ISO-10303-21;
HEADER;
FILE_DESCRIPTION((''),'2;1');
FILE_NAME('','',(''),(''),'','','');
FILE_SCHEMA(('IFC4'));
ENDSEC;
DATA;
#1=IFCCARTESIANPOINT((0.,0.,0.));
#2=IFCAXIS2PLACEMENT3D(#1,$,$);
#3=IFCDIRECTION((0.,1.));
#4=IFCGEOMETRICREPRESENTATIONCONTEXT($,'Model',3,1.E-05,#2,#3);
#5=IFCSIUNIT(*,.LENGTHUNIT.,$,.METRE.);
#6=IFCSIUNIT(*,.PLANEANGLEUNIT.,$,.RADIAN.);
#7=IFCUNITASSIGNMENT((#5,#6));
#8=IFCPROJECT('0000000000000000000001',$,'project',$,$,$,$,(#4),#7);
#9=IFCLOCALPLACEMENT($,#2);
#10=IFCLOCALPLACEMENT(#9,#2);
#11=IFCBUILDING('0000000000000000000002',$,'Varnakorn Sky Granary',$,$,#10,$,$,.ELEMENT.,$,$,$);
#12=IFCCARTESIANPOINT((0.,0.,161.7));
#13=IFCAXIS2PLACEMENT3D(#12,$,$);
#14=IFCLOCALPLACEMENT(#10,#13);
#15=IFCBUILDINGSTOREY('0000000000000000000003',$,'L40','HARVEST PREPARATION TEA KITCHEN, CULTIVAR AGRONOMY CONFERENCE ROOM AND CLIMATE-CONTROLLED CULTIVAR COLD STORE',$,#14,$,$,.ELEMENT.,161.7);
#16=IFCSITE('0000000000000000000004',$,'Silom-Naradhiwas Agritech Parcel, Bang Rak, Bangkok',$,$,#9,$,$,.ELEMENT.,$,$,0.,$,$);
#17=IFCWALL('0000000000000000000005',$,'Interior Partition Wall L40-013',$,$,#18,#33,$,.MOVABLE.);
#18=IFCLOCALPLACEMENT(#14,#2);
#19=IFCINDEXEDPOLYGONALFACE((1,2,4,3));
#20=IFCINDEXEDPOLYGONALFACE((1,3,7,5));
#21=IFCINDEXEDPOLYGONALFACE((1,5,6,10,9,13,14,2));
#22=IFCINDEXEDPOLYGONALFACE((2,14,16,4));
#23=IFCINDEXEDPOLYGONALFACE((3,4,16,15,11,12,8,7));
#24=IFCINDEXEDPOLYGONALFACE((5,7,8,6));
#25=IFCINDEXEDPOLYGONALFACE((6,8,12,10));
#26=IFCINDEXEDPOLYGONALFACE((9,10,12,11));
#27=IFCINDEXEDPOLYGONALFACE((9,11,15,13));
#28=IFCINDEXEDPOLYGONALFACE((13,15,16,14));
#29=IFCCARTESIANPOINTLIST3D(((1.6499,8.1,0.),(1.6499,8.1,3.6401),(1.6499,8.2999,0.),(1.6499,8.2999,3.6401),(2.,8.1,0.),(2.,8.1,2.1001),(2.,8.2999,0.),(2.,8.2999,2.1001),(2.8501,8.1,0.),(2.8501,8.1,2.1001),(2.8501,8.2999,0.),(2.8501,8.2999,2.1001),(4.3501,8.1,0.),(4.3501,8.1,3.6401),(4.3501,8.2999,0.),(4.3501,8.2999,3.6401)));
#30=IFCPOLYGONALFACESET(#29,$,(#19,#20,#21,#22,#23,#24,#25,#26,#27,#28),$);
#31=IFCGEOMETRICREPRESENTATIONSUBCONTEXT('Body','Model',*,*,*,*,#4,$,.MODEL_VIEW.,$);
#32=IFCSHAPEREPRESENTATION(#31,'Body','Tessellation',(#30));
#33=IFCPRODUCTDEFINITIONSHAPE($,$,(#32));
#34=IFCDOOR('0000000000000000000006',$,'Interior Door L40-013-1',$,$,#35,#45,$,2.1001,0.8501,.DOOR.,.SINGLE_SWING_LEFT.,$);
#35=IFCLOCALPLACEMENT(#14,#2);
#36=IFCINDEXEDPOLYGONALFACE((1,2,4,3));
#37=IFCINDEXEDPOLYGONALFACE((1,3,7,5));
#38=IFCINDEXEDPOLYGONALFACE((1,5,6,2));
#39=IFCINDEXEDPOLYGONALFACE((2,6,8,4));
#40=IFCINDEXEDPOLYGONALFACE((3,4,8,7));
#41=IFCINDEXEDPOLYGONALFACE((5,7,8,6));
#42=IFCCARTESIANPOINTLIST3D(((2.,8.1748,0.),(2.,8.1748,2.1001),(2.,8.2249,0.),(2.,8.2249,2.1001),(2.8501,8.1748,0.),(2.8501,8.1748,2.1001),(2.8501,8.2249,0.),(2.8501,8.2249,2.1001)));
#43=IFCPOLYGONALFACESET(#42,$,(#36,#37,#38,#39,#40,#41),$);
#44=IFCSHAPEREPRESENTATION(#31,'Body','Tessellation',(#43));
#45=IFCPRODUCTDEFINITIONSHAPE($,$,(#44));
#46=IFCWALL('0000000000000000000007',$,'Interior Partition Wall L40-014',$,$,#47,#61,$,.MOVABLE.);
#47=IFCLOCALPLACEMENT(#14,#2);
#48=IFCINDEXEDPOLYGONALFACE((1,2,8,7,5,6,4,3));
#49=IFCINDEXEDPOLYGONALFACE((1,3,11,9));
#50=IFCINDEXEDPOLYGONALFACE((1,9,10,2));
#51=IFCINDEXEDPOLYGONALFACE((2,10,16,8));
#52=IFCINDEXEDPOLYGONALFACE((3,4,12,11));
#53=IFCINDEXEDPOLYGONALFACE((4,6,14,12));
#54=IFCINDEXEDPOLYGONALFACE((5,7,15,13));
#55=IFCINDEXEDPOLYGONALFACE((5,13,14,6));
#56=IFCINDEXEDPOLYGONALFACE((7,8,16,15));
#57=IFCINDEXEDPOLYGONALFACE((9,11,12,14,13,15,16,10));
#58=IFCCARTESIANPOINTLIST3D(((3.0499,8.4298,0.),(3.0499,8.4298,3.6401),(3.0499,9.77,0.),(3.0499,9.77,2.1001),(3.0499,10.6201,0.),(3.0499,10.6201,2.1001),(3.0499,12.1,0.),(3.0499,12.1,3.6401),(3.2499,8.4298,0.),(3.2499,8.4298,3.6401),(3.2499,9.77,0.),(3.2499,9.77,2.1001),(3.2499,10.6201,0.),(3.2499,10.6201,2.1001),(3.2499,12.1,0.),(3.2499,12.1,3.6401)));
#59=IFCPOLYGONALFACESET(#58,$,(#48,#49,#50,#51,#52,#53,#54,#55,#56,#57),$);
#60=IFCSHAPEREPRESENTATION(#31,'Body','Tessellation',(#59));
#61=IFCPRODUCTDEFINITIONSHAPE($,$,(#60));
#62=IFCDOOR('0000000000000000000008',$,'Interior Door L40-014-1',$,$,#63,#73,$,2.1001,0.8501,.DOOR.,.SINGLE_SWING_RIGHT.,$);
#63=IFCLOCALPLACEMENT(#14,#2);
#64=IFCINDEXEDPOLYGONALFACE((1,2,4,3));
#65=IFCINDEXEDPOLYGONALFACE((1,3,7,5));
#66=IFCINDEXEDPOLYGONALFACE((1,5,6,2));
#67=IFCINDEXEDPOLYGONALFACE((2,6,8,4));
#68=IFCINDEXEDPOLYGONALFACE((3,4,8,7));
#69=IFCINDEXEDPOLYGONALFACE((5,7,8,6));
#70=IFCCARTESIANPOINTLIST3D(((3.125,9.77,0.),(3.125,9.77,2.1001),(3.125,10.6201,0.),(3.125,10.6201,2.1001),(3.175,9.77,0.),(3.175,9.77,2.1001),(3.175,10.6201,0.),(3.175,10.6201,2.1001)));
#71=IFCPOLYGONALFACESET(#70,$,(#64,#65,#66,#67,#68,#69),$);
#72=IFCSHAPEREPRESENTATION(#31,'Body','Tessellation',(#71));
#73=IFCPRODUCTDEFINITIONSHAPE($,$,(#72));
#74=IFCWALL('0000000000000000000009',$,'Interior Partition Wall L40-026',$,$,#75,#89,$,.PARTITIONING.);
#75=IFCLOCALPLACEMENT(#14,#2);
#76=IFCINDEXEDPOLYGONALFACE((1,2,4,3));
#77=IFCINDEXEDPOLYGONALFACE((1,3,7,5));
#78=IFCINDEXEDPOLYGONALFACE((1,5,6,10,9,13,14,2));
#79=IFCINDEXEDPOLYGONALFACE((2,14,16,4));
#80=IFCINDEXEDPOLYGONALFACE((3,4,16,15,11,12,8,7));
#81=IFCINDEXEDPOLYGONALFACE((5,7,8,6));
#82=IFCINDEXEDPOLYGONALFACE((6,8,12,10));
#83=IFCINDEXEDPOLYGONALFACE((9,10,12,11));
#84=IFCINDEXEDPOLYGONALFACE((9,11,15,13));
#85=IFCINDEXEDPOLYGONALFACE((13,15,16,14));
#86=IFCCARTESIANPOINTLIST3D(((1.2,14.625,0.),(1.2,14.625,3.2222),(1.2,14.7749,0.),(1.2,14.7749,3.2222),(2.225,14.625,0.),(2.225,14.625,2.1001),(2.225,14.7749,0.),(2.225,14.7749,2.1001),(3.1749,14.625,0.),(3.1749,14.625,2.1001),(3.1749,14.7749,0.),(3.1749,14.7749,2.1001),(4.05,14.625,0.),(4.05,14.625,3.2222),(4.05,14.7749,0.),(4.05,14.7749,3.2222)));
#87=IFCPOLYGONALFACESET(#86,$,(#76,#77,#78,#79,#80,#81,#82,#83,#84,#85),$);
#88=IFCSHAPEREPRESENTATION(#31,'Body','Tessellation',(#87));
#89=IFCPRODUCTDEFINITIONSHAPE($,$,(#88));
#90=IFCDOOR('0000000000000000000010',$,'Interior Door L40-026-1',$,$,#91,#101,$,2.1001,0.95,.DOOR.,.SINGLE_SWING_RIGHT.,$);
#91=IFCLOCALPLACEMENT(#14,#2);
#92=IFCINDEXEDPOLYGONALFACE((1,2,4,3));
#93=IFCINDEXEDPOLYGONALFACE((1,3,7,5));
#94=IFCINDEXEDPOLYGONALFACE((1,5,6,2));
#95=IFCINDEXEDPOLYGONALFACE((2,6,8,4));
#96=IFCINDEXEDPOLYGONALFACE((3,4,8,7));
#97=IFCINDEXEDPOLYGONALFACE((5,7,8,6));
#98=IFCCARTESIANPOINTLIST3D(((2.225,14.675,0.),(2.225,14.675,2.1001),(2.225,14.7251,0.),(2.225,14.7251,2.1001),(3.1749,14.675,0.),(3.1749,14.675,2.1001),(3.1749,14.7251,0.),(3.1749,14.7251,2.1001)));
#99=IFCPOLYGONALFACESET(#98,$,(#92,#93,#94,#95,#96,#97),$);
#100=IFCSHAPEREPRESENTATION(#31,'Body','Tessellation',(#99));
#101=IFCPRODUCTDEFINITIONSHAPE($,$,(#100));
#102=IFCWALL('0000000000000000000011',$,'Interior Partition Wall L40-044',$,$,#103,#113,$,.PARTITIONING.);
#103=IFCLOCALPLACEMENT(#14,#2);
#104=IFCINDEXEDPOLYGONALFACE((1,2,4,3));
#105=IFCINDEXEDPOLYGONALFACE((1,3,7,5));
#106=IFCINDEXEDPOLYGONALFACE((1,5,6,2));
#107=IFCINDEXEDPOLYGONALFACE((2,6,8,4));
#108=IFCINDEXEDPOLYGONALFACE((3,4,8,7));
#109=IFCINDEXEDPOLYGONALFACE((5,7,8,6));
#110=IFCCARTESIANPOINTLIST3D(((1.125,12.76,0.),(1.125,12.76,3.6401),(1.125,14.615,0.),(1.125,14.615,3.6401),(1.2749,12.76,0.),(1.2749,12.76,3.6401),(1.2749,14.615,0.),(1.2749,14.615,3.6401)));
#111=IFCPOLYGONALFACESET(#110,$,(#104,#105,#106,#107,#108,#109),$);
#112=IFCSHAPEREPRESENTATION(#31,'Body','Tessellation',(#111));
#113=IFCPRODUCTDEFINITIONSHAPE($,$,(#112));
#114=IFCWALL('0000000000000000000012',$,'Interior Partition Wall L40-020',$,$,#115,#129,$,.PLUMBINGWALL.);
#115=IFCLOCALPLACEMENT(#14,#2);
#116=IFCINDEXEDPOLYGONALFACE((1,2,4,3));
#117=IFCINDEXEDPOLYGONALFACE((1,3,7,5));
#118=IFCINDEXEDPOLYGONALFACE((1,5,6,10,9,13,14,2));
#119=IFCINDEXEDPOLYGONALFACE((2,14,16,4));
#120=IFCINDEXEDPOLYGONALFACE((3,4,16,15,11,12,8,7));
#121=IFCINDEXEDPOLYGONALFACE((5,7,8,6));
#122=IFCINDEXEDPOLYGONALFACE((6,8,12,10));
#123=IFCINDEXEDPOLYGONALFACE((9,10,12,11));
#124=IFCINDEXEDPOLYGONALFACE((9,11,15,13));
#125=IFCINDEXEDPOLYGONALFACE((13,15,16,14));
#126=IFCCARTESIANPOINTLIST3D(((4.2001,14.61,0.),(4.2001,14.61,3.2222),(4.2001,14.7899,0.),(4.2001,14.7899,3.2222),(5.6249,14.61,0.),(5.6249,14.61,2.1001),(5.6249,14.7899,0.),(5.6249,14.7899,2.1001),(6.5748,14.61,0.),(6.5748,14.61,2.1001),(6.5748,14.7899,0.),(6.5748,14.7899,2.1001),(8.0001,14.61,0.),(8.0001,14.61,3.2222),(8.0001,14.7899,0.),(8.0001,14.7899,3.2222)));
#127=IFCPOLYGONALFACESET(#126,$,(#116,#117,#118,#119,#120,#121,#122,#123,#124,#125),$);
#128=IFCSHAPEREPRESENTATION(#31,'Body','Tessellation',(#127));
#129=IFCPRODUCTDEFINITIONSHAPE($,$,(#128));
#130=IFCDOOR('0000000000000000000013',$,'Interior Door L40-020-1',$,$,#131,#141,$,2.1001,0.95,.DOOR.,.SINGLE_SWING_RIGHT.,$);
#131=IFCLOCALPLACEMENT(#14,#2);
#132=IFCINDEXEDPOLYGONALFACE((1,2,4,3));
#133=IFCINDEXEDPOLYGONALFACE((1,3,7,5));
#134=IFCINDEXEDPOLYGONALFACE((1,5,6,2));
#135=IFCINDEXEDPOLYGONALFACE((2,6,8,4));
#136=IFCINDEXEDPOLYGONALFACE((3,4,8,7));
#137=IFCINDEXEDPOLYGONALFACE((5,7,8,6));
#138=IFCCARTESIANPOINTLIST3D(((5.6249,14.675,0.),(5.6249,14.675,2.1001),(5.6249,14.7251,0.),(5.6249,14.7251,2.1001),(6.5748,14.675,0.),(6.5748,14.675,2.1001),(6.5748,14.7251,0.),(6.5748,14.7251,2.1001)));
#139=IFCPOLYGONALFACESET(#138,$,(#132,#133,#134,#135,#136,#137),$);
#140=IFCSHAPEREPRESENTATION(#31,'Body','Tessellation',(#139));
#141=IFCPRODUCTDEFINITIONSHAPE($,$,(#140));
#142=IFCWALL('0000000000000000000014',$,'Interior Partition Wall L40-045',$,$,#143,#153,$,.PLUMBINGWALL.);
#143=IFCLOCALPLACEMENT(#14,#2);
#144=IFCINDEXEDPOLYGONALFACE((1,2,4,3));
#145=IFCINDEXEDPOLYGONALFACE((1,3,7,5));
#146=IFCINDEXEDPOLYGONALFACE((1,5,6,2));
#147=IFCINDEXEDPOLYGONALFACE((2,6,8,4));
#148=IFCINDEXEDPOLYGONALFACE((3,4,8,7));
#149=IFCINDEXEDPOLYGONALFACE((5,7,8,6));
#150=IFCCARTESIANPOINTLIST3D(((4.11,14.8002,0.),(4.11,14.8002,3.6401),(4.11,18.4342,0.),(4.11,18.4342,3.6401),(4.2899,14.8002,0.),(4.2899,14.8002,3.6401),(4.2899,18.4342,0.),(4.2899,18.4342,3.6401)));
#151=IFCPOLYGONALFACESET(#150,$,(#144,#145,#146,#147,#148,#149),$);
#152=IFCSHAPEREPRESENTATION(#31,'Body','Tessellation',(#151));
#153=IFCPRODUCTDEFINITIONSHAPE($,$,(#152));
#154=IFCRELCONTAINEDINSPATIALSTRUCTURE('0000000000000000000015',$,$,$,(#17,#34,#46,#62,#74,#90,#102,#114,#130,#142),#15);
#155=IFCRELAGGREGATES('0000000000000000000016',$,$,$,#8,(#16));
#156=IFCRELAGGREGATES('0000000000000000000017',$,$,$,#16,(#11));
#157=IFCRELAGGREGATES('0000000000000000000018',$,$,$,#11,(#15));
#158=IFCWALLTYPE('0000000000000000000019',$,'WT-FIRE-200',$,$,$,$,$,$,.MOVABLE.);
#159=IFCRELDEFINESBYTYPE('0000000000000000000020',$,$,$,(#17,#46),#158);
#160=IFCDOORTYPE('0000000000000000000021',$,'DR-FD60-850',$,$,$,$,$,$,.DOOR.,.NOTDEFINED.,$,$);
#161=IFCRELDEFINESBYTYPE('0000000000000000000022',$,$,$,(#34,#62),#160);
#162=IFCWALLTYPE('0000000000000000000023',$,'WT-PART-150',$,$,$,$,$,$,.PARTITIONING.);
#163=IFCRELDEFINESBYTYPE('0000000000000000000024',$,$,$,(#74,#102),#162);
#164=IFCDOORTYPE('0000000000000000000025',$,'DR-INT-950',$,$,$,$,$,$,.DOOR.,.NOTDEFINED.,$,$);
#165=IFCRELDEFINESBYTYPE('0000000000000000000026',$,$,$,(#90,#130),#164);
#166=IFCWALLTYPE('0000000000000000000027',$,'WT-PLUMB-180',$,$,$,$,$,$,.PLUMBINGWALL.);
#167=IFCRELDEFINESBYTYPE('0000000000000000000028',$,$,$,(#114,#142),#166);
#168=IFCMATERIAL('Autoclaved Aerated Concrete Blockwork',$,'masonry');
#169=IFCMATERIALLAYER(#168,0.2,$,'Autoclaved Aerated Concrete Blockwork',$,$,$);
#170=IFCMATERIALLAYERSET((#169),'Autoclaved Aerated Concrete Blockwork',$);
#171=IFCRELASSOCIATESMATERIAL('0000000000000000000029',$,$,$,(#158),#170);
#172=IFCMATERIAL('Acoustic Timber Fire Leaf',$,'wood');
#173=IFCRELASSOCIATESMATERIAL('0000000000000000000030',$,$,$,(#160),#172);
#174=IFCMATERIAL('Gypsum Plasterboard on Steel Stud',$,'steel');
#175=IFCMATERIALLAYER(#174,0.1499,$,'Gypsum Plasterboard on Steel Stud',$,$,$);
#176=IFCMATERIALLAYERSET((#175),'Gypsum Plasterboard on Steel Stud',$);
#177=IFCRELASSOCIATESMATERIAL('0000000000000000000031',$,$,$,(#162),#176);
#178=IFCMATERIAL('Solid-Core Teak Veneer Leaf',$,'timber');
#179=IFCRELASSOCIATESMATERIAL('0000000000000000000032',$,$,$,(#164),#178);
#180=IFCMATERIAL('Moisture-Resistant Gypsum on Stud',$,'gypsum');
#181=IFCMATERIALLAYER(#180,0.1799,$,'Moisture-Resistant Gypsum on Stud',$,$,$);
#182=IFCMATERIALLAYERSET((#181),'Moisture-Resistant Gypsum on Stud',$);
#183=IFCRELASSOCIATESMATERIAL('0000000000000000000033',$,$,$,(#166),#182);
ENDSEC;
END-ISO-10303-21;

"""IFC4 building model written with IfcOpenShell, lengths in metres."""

from ifc_helpers import new_model, si_unit, direction, frame, frame_2d, origin, place, context, subcontext, project, spatial, rectangle, extrude, material, layer, layer_set, type_object, element, fill, save


model = new_model("IFC4")

# Units and contexts
model_context = context("Model", 3, precision=1e-05, world=origin(), true_north=direction((0.0, 1.0)))
body_context = subcontext(model_context, "Body", "Model", "MODEL_VIEW")
ifc_project = project(units=[si_unit("LENGTHUNIT", "METRE"), si_unit("PLANEANGLEUNIT", "RADIAN")], contexts=[model_context])

# Site, building, storey
site_placement = place(None, origin())
site = spatial("IfcSite", under=ifc_project, at=site_placement, Name="Silom-Naradhiwas Agritech Parcel, Bang Rak, Bangkok", CompositionType="ELEMENT", RefElevation=0.0)
building_placement = place(site_placement, origin())
building = spatial("IfcBuilding", under=site, at=building_placement, Name="Varnakorn Sky Granary", CompositionType="ELEMENT")
storey_placement = place(building_placement, frame((0.0, 0.0, 161.7)))
storey = spatial("IfcBuildingStorey", under=building, at=storey_placement, Name="L40", Description="HARVEST PREPARATION TEA KITCHEN, CULTIVAR AGRONOMY CONFERENCE ROOM AND CLIMATE-CONTROLLED CULTIVAR COLD STORE", CompositionType="ELEMENT", Elevation=161.7)

# Walls, openings, doors
ifc_material_1 = material(Name="Autoclaved Aerated Concrete Blockwork", Category="masonry")
ifc_layer_1 = layer(ifc_material_1, 0.2, Name="Autoclaved Aerated Concrete Blockwork")
ifc_layer_set_1 = layer_set([ifc_layer_1], Name="Autoclaved Aerated Concrete Blockwork")
wall_type_1 = type_object("IfcWallType", Name="WT-FIRE-200", PredefinedType="MOVABLE", material=ifc_layer_set_1)
wall_1_placement = place(storey_placement, frame((1.6499, 8.2, 0.0), z_axis=(0.0, 0.0, 1.0), x_axis=(1.0, 0.0, 0.0)))
wall_1 = element("IfcWall", 1, at=wall_1_placement, inside=storey, type_object=wall_type_1, Name="Interior Partition Wall L40-013", PredefinedType="MOVABLE", context=body_context, shape_type="SweptSolid", body=[
    extrude(rectangle(XDim=2.7002, YDim=0.2, at=frame_2d((1.3501, 0.0))), origin(), (0.0, 0.0, 1.0), 3.6401),
])
opening_1_placement = place(wall_1_placement, frame((0.3501, 0.0, 0.0)))
opening_1 = element("IfcOpeningElement", 2, at=opening_1_placement, cuts=wall_1, PredefinedType="OPENING", context=body_context, shape_type="SweptSolid", body=[
    extrude(rectangle(XDim=0.8501, YDim=2.1001, at=frame_2d((0.425, 1.05))), frame((0.0, 0.1099, 0.0), z_axis=(0.0, -1.0, 0.0), x_axis=(1.0, 0.0, 0.0)), (0.0, 0.0, 1.0), 0.22),
])
ifc_material_2 = material(Name="Acoustic Timber Fire Leaf", Category="wood")
door_type_1 = type_object("IfcDoorType", Name="DR-FD60-850", OperationType="NOTDEFINED", PredefinedType="DOOR", material=ifc_material_2)
door_1_placement = place(opening_1_placement, origin())
door_1 = element("IfcDoor", 3, at=door_1_placement, inside=storey, type_object=door_type_1, Name="Interior Door L40-013-1", OperationType="SINGLE_SWING_LEFT", OverallHeight=2.1001, OverallWidth=0.8501, PredefinedType="DOOR", context=body_context, shape_type="SweptSolid", body=[
    extrude(rectangle(XDim=0.8501, YDim=2.1001, at=frame_2d((0.425, 1.05))), frame((0.0, 0.0249, 0.0), z_axis=(0.0, -1.0, 0.0), x_axis=(1.0, 0.0, 0.0)), (0.0, 0.0, 1.0), 0.05),
])
fill(opening_1, door_1)
wall_2_placement = place(storey_placement, frame((3.1499, 8.4299, 0.0), z_axis=(0.0, 0.0, 1.0), x_axis=(0.0, 1.0, 0.0)))
wall_2 = element("IfcWall", 4, at=wall_2_placement, inside=storey, type_object=wall_type_1, Name="Interior Partition Wall L40-014", PredefinedType="MOVABLE", context=body_context, shape_type="SweptSolid", body=[
    extrude(rectangle(XDim=3.6702, YDim=0.2, at=frame_2d((1.835, 0.0))), origin(), (0.0, 0.0, 1.0), 3.6401),
])
opening_2_placement = place(wall_2_placement, frame((1.3401, 0.0, 0.0)))
opening_2 = element("IfcOpeningElement", 5, at=opening_2_placement, cuts=wall_2, PredefinedType="OPENING", context=body_context, shape_type="SweptSolid", body=[
    extrude(rectangle(XDim=0.8501, YDim=2.1001, at=frame_2d((0.425, 1.05))), frame((0.0, 0.1099, 0.0), z_axis=(0.0, -1.0, 0.0), x_axis=(1.0, 0.0, 0.0)), (0.0, 0.0, 1.0), 0.22),
])
door_2_placement = place(opening_2_placement, origin())
door_2 = element("IfcDoor", 6, at=door_2_placement, inside=storey, type_object=door_type_1, Name="Interior Door L40-014-1", OperationType="SINGLE_SWING_RIGHT", OverallHeight=2.1001, OverallWidth=0.8501, PredefinedType="DOOR", context=body_context, shape_type="SweptSolid", body=[
    extrude(rectangle(XDim=0.8501, YDim=2.1001, at=frame_2d((0.425, 1.05))), frame((0.0, 0.0249, 0.0), z_axis=(0.0, -1.0, 0.0), x_axis=(1.0, 0.0, 0.0)), (0.0, 0.0, 1.0), 0.05),
])
fill(opening_2, door_2)
ifc_material_3 = material(Name="Gypsum Plasterboard on Steel Stud", Category="steel")
ifc_layer_2 = layer(ifc_material_3, 0.1499, Name="Gypsum Plasterboard on Steel Stud")
ifc_layer_set_2 = layer_set([ifc_layer_2], Name="Gypsum Plasterboard on Steel Stud")
wall_type_2 = type_object("IfcWallType", Name="WT-PART-150", PredefinedType="PARTITIONING", material=ifc_layer_set_2)
wall_3_placement = place(storey_placement, frame((4.05, 14.7, 0.0), z_axis=(0.0, 0.0, 1.0), x_axis=(-1.0, 0.0, 0.0)))
wall_3 = element("IfcWall", 7, at=wall_3_placement, inside=storey, type_object=wall_type_2, Name="Interior Partition Wall L40-026", PredefinedType="PARTITIONING", context=body_context, shape_type="SweptSolid", body=[
    extrude(rectangle(XDim=2.8501, YDim=0.1499, at=frame_2d((1.425, 0.0))), origin(), (0.0, 0.0, 1.0), 3.2222),
])
opening_3_placement = place(wall_3_placement, frame((0.875, 0.0, 0.0)))
opening_3 = element("IfcOpeningElement", 8, at=opening_3_placement, cuts=wall_3, PredefinedType="OPENING", context=body_context, shape_type="SweptSolid", body=[
    extrude(rectangle(XDim=0.95, YDim=2.1001, at=frame_2d((0.4751, 1.05))), frame((0.0, 0.085, 0.0), z_axis=(0.0, -1.0, 0.0), x_axis=(1.0, 0.0, 0.0)), (0.0, 0.0, 1.0), 0.1699),
])
ifc_material_4 = material(Name="Solid-Core Teak Veneer Leaf", Category="timber")
door_type_2 = type_object("IfcDoorType", Name="DR-INT-950", OperationType="NOTDEFINED", PredefinedType="DOOR", material=ifc_material_4)
door_3_placement = place(opening_3_placement, origin())
door_3 = element("IfcDoor", 9, at=door_3_placement, inside=storey, type_object=door_type_2, Name="Interior Door L40-026-1", OperationType="SINGLE_SWING_RIGHT", OverallHeight=2.1001, OverallWidth=0.95, PredefinedType="DOOR", context=body_context, shape_type="SweptSolid", body=[
    extrude(rectangle(XDim=0.95, YDim=2.1001, at=frame_2d((0.4751, 1.05))), frame((0.0, 0.0249, 0.0), z_axis=(0.0, -1.0, 0.0), x_axis=(1.0, 0.0, 0.0)), (0.0, 0.0, 1.0), 0.05),
])
fill(opening_3, door_3)

# Wall
wall_4_placement = place(storey_placement, frame((1.2, 14.615, 0.0), z_axis=(0.0, 0.0, 1.0), x_axis=(0.0, -1.0, 0.0)))
element("IfcWall", 10, at=wall_4_placement, inside=storey, type_object=wall_type_2, Name="Interior Partition Wall L40-044", PredefinedType="PARTITIONING", context=body_context, shape_type="SweptSolid", body=[
    extrude(rectangle(XDim=1.855, YDim=0.1499, at=frame_2d((0.9275, 0.0))), origin(), (0.0, 0.0, 1.0), 3.6401),
])

# Wall, opening, door
ifc_material_5 = material(Name="Moisture-Resistant Gypsum on Stud", Category="gypsum")
ifc_layer_3 = layer(ifc_material_5, 0.1799, Name="Moisture-Resistant Gypsum on Stud")
ifc_layer_set_3 = layer_set([ifc_layer_3], Name="Moisture-Resistant Gypsum on Stud")
wall_type_3 = type_object("IfcWallType", Name="WT-PLUMB-180", PredefinedType="PLUMBINGWALL", material=ifc_layer_set_3)
wall_5_placement = place(storey_placement, frame((8.0, 14.7, 0.0), z_axis=(0.0, 0.0, 1.0), x_axis=(-1.0, 0.0, 0.0)))
wall_5 = element("IfcWall", 11, at=wall_5_placement, inside=storey, type_object=wall_type_3, Name="Interior Partition Wall L40-020", PredefinedType="PLUMBINGWALL", context=body_context, shape_type="SweptSolid", body=[
    extrude(rectangle(XDim=3.8, YDim=0.1799, at=frame_2d((1.8999, 0.0))), origin(), (0.0, 0.0, 1.0), 3.2222),
])
opening_4_placement = place(wall_5_placement, frame((1.425, 0.0, 0.0)))
opening_4 = element("IfcOpeningElement", 12, at=opening_4_placement, cuts=wall_5, PredefinedType="OPENING", context=body_context, shape_type="SweptSolid", body=[
    extrude(rectangle(XDim=0.95, YDim=2.1001, at=frame_2d((0.4751, 1.05))), frame((0.0, 0.1001, 0.0), z_axis=(0.0, -1.0, 0.0), x_axis=(1.0, 0.0, 0.0)), (0.0, 0.0, 1.0), 0.2),
])
door_4_placement = place(opening_4_placement, origin())
door_4 = element("IfcDoor", 13, at=door_4_placement, inside=storey, type_object=door_type_2, Name="Interior Door L40-020-1", OperationType="SINGLE_SWING_RIGHT", OverallHeight=2.1001, OverallWidth=0.95, PredefinedType="DOOR", context=body_context, shape_type="SweptSolid", body=[
    extrude(rectangle(XDim=0.95, YDim=2.1001, at=frame_2d((0.4751, 1.05))), frame((0.0, 0.0249, 0.0), z_axis=(0.0, -1.0, 0.0), x_axis=(1.0, 0.0, 0.0)), (0.0, 0.0, 1.0), 0.05),
])
fill(opening_4, door_4)

# Wall
wall_6_placement = place(storey_placement, frame((4.2, 18.4341, 0.0), z_axis=(0.0, 0.0, 1.0), x_axis=(0.0, -1.0, 0.0)))
element("IfcWall", 14, at=wall_6_placement, inside=storey, type_object=wall_type_3, Name="Interior Partition Wall L40-045", PredefinedType="PLUMBINGWALL", context=body_context, shape_type="SweptSolid", body=[
    extrude(rectangle(XDim=3.634, YDim=0.1799, at=frame_2d((1.8169, 0.0))), origin(), (0.0, 0.0, 1.0), 3.6401),
])

save(model, "model.ifc")
